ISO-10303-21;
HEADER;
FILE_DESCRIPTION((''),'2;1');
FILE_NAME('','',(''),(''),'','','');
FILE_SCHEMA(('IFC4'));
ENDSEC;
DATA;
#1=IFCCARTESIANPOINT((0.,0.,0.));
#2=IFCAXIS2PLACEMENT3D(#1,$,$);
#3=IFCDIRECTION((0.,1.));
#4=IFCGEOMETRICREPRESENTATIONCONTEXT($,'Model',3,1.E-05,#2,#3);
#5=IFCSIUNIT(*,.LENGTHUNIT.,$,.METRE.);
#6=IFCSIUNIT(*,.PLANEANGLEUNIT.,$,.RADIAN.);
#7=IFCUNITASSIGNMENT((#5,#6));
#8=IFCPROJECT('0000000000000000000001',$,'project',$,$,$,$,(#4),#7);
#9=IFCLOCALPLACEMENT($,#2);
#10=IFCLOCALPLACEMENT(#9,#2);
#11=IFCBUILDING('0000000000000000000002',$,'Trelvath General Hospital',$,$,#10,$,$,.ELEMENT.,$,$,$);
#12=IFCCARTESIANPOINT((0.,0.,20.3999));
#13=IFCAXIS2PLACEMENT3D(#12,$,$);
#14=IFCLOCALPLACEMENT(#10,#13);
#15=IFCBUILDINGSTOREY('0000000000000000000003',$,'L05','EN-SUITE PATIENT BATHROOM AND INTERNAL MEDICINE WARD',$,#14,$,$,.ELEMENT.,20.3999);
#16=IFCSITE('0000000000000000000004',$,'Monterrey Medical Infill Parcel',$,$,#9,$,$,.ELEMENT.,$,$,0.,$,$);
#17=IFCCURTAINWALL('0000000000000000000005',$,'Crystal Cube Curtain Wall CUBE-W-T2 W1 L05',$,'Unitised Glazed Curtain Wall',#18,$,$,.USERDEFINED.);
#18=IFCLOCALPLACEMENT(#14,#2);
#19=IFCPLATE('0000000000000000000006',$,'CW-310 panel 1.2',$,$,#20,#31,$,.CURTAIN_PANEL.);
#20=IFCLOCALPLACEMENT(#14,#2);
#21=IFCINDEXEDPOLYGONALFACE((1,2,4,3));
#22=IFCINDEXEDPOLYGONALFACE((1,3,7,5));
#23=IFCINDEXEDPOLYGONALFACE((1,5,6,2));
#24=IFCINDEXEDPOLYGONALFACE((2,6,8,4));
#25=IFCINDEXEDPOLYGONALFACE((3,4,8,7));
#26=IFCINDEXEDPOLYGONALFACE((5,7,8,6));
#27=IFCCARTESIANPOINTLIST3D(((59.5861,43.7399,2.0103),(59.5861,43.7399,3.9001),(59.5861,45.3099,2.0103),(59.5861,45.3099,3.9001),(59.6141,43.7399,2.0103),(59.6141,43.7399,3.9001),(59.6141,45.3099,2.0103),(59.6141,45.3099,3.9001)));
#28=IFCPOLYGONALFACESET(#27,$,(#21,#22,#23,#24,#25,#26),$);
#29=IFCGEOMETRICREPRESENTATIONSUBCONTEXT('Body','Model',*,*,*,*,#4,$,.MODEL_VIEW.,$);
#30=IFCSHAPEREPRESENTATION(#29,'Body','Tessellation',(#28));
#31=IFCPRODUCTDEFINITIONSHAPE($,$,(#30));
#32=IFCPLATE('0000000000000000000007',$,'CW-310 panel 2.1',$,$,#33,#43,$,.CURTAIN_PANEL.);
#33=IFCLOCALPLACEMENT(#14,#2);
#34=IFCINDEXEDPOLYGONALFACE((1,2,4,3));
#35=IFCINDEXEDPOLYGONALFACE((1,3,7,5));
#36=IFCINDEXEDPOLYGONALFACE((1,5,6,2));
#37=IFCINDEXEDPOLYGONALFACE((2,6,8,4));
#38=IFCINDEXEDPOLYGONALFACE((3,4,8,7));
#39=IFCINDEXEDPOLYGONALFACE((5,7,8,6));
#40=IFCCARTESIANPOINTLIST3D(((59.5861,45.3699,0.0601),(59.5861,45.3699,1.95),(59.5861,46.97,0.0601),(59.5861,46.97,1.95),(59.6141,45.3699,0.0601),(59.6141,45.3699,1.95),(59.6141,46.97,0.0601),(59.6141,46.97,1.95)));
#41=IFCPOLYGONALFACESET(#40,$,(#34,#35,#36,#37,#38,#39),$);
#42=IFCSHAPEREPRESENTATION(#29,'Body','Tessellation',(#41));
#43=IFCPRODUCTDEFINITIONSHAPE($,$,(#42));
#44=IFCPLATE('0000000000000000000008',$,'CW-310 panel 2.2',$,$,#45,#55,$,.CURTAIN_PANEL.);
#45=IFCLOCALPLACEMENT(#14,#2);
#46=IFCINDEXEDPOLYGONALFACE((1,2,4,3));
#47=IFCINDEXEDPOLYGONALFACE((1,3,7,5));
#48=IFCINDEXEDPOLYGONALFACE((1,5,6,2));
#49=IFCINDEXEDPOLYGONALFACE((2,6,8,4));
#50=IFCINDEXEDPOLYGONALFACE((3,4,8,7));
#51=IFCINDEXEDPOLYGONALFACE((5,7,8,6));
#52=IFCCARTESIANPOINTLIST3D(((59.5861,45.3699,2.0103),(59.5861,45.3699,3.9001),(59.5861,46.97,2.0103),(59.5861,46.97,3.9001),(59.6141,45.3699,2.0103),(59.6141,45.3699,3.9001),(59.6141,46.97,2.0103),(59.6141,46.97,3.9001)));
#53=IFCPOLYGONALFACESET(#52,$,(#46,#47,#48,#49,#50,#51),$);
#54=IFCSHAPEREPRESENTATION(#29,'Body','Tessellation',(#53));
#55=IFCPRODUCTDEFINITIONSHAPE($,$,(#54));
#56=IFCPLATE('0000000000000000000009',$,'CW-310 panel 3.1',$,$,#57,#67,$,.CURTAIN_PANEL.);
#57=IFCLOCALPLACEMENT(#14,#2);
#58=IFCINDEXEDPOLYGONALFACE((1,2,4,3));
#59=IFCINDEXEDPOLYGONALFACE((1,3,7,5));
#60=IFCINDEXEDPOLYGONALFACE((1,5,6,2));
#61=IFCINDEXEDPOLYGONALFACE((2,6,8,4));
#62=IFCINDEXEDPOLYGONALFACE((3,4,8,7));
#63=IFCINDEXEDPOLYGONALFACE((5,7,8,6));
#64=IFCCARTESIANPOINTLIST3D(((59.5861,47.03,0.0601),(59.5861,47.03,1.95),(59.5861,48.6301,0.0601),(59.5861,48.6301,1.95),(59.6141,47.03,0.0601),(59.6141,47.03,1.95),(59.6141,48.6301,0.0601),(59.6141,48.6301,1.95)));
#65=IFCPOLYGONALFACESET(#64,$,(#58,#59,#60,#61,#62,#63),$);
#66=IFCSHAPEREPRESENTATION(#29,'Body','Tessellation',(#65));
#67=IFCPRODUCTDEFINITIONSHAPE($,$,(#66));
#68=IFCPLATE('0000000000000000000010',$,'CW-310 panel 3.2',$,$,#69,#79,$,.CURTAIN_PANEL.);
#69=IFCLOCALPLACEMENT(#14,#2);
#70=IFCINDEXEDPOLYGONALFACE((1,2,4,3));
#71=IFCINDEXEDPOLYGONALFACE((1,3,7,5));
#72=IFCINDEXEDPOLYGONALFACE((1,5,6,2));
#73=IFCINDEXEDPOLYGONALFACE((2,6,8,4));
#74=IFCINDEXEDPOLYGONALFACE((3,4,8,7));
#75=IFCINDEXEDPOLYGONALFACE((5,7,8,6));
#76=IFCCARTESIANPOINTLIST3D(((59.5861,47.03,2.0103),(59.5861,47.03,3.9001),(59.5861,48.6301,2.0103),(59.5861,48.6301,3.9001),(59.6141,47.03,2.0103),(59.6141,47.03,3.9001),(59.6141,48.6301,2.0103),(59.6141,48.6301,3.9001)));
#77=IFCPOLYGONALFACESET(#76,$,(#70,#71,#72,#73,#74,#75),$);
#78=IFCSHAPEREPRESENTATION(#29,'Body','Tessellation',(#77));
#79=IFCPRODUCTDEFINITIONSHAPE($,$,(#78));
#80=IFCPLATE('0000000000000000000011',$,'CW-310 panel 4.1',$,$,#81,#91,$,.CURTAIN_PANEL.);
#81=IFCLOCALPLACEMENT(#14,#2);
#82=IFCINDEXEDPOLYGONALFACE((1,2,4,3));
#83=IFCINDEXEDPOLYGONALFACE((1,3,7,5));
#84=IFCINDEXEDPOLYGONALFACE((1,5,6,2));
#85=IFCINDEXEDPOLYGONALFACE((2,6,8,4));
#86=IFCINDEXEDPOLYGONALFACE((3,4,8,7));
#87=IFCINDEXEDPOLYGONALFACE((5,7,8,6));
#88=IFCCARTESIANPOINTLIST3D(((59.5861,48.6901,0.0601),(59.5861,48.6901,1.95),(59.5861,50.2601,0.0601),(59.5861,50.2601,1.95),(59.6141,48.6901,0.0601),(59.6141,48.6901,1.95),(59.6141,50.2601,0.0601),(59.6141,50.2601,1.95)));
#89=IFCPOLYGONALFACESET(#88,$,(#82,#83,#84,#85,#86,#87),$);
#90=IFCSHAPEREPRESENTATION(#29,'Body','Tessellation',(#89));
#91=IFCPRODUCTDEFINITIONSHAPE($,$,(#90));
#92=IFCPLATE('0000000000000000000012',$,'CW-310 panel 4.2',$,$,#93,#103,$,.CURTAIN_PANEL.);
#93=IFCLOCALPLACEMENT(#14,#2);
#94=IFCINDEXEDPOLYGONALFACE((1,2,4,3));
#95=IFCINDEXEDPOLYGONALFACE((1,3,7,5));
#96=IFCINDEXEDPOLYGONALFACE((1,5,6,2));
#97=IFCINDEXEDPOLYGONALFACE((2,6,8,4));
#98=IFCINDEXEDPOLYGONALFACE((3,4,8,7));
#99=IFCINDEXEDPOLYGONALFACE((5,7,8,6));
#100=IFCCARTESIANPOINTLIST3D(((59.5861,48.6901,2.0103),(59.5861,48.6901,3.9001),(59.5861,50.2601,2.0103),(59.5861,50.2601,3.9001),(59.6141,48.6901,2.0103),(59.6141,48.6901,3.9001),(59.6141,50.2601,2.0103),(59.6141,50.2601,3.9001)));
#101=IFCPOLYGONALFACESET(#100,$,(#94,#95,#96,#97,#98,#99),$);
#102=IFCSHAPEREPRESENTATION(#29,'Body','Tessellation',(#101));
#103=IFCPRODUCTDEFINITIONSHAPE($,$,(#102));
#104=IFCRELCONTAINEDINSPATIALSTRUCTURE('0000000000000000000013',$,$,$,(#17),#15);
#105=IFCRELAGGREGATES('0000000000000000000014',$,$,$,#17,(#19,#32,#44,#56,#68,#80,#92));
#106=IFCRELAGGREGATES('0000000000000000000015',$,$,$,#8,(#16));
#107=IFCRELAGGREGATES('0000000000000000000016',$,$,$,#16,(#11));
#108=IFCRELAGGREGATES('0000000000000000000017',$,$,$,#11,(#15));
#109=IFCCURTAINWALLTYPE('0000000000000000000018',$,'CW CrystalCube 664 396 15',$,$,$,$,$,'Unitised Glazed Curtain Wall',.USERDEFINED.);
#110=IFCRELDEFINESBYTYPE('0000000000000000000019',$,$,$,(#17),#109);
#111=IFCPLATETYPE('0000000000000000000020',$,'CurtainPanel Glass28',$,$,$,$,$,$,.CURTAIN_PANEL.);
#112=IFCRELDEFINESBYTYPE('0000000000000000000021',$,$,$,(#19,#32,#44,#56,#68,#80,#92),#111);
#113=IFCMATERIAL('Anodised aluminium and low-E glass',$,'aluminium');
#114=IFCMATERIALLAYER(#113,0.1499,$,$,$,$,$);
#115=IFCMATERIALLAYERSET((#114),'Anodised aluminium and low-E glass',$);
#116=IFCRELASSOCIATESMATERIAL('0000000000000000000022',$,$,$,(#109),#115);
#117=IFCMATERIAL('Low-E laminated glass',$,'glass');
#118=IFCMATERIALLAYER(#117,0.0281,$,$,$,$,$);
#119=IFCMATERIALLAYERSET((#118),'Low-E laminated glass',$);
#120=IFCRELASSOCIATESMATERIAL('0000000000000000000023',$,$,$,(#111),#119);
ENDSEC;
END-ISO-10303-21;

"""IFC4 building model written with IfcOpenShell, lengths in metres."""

from ifc_helpers import new_model, si_unit, direction, frame, origin, origin_2d, place, context, subcontext, project, spatial, rectangle, extrude, material, layer, layer_set, type_object, element, aggregate, save


model = new_model("IFC4")

# Units and contexts
model_context = context("Model", 3, precision=1e-05, world=origin(), true_north=direction((0.0, 1.0)))
body_context = subcontext(model_context, "Body", "Model", "MODEL_VIEW")
ifc_project = project(units=[si_unit("LENGTHUNIT", "METRE"), si_unit("PLANEANGLEUNIT", "RADIAN")], contexts=[model_context])

# Site, building, storey
site_placement = place(None, origin())
site = spatial("IfcSite", under=ifc_project, at=site_placement, Name="Monterrey Medical Infill Parcel", CompositionType="ELEMENT", RefElevation=0.0)
building_placement = place(site_placement, origin())
building = spatial("IfcBuilding", under=site, at=building_placement, Name="Trelvath General Hospital", CompositionType="ELEMENT")
storey_placement = place(building_placement, frame((0.0, 0.0, 20.3999)))
storey = spatial("IfcBuildingStorey", under=building, at=storey_placement, Name="L05", Description="EN-SUITE PATIENT BATHROOM AND INTERNAL MEDICINE WARD", CompositionType="ELEMENT", Elevation=20.3999)

# Curtain wall
ifc_material_1 = material(Name="Anodised aluminium and low-E glass", Category="aluminium")
ifc_layer_1 = layer(ifc_material_1, 0.1499)
ifc_layer_set_1 = layer_set([ifc_layer_1], Name="Anodised aluminium and low-E glass")
curtain_wall_type_1 = type_object("IfcCurtainWallType", Name="CW CrystalCube 664 396 15", ElementType="Unitised Glazed Curtain Wall", PredefinedType="USERDEFINED", material=ifc_layer_set_1)
curtain_wall_1_placement = place(storey_placement, origin())
curtain_wall_1 = element("IfcCurtainWall", 1, at=curtain_wall_1_placement, inside=storey, type_object=curtain_wall_type_1, Name="Crystal Cube Curtain Wall CUBE-W-T2 W1 L05", ObjectType="Unitised Glazed Curtain Wall", PredefinedType="USERDEFINED")

# Plates
ifc_material_2 = material(Name="Low-E laminated glass", Category="glass")
ifc_layer_2 = layer(ifc_material_2, 0.0281)
ifc_layer_set_2 = layer_set([ifc_layer_2], Name="Low-E laminated glass")
plate_type = type_object("IfcPlateType", Name="CurtainPanel Glass28", PredefinedType="CURTAIN_PANEL", material=ifc_layer_set_2)
plate_1_placement = place(storey_placement, frame((59.6001, 44.5249, 2.0103), z_axis=(0.0, 0.0, 1.0), x_axis=(0.0, 1.0, 0.0)))
plate_1 = element("IfcPlate", 2, at=plate_1_placement, type_object=plate_type, Name="CW-310 panel 1.2", PredefinedType="CURTAIN_PANEL", context=body_context, shape_type="SweptSolid", body=[
    extrude(rectangle(XDim=1.5701, YDim=0.0281, at=origin_2d()), origin(), (0.0, 0.0, 1.0), 1.8899),
])
plate_2_placement = place(storey_placement, frame((59.6001, 46.1699, 0.0601), z_axis=(0.0, 0.0, 1.0), x_axis=(0.0, 1.0, 0.0)))
plate_2 = element("IfcPlate", 3, at=plate_2_placement, type_object=plate_type, Name="CW-310 panel 2.1", PredefinedType="CURTAIN_PANEL", context=body_context, shape_type="SweptSolid", body=[
    extrude(rectangle(XDim=1.6001, YDim=0.0281, at=origin_2d()), origin(), (0.0, 0.0, 1.0), 1.8899),
])
plate_3_placement = place(storey_placement, frame((59.6001, 46.1699, 2.0103), z_axis=(0.0, 0.0, 1.0), x_axis=(0.0, 1.0, 0.0)))
plate_3 = element("IfcPlate", 4, at=plate_3_placement, type_object=plate_type, Name="CW-310 panel 2.2", PredefinedType="CURTAIN_PANEL", context=body_context, shape_type="SweptSolid", body=[
    extrude(rectangle(XDim=1.6001, YDim=0.0281, at=origin_2d()), origin(), (0.0, 0.0, 1.0), 1.8899),
])
plate_4_placement = place(storey_placement, frame((59.6001, 47.8301, 0.0601), z_axis=(0.0, 0.0, 1.0), x_axis=(0.0, 1.0, 0.0)))
plate_4 = element("IfcPlate", 5, at=plate_4_placement, type_object=plate_type, Name="CW-310 panel 3.1", PredefinedType="CURTAIN_PANEL", context=body_context, shape_type="SweptSolid", body=[
    extrude(rectangle(XDim=1.6001, YDim=0.0281, at=origin_2d()), origin(), (0.0, 0.0, 1.0), 1.8899),
])
plate_5_placement = place(storey_placement, frame((59.6001, 47.8301, 2.0103), z_axis=(0.0, 0.0, 1.0), x_axis=(0.0, 1.0, 0.0)))
plate_5 = element("IfcPlate", 6, at=plate_5_placement, type_object=plate_type, Name="CW-310 panel 3.2", PredefinedType="CURTAIN_PANEL", context=body_context, shape_type="SweptSolid", body=[
    extrude(rectangle(XDim=1.6001, YDim=0.0281, at=origin_2d()), origin(), (0.0, 0.0, 1.0), 1.8899),
])
plate_6_placement = place(storey_placement, frame((59.6001, 49.4751, 0.0601), z_axis=(0.0, 0.0, 1.0), x_axis=(0.0, 1.0, 0.0)))
plate_6 = element("IfcPlate", 7, at=plate_6_placement, type_object=plate_type, Name="CW-310 panel 4.1", PredefinedType="CURTAIN_PANEL", context=body_context, shape_type="SweptSolid", body=[
    extrude(rectangle(XDim=1.5701, YDim=0.0281, at=origin_2d()), origin(), (0.0, 0.0, 1.0), 1.8899),
])
plate_7_placement = place(storey_placement, frame((59.6001, 49.4751, 2.0103), z_axis=(0.0, 0.0, 1.0), x_axis=(0.0, 1.0, 0.0)))
plate_7 = element("IfcPlate", 8, at=plate_7_placement, type_object=plate_type, Name="CW-310 panel 4.2", PredefinedType="CURTAIN_PANEL", context=body_context, shape_type="SweptSolid", body=[
    extrude(rectangle(XDim=1.5701, YDim=0.0281, at=origin_2d()), origin(), (0.0, 0.0, 1.0), 1.8899),
])
aggregate(curtain_wall_1, [plate_1, plate_2, plate_3, plate_4, plate_5, plate_6, plate_7])

save(model, "model.ifc")
